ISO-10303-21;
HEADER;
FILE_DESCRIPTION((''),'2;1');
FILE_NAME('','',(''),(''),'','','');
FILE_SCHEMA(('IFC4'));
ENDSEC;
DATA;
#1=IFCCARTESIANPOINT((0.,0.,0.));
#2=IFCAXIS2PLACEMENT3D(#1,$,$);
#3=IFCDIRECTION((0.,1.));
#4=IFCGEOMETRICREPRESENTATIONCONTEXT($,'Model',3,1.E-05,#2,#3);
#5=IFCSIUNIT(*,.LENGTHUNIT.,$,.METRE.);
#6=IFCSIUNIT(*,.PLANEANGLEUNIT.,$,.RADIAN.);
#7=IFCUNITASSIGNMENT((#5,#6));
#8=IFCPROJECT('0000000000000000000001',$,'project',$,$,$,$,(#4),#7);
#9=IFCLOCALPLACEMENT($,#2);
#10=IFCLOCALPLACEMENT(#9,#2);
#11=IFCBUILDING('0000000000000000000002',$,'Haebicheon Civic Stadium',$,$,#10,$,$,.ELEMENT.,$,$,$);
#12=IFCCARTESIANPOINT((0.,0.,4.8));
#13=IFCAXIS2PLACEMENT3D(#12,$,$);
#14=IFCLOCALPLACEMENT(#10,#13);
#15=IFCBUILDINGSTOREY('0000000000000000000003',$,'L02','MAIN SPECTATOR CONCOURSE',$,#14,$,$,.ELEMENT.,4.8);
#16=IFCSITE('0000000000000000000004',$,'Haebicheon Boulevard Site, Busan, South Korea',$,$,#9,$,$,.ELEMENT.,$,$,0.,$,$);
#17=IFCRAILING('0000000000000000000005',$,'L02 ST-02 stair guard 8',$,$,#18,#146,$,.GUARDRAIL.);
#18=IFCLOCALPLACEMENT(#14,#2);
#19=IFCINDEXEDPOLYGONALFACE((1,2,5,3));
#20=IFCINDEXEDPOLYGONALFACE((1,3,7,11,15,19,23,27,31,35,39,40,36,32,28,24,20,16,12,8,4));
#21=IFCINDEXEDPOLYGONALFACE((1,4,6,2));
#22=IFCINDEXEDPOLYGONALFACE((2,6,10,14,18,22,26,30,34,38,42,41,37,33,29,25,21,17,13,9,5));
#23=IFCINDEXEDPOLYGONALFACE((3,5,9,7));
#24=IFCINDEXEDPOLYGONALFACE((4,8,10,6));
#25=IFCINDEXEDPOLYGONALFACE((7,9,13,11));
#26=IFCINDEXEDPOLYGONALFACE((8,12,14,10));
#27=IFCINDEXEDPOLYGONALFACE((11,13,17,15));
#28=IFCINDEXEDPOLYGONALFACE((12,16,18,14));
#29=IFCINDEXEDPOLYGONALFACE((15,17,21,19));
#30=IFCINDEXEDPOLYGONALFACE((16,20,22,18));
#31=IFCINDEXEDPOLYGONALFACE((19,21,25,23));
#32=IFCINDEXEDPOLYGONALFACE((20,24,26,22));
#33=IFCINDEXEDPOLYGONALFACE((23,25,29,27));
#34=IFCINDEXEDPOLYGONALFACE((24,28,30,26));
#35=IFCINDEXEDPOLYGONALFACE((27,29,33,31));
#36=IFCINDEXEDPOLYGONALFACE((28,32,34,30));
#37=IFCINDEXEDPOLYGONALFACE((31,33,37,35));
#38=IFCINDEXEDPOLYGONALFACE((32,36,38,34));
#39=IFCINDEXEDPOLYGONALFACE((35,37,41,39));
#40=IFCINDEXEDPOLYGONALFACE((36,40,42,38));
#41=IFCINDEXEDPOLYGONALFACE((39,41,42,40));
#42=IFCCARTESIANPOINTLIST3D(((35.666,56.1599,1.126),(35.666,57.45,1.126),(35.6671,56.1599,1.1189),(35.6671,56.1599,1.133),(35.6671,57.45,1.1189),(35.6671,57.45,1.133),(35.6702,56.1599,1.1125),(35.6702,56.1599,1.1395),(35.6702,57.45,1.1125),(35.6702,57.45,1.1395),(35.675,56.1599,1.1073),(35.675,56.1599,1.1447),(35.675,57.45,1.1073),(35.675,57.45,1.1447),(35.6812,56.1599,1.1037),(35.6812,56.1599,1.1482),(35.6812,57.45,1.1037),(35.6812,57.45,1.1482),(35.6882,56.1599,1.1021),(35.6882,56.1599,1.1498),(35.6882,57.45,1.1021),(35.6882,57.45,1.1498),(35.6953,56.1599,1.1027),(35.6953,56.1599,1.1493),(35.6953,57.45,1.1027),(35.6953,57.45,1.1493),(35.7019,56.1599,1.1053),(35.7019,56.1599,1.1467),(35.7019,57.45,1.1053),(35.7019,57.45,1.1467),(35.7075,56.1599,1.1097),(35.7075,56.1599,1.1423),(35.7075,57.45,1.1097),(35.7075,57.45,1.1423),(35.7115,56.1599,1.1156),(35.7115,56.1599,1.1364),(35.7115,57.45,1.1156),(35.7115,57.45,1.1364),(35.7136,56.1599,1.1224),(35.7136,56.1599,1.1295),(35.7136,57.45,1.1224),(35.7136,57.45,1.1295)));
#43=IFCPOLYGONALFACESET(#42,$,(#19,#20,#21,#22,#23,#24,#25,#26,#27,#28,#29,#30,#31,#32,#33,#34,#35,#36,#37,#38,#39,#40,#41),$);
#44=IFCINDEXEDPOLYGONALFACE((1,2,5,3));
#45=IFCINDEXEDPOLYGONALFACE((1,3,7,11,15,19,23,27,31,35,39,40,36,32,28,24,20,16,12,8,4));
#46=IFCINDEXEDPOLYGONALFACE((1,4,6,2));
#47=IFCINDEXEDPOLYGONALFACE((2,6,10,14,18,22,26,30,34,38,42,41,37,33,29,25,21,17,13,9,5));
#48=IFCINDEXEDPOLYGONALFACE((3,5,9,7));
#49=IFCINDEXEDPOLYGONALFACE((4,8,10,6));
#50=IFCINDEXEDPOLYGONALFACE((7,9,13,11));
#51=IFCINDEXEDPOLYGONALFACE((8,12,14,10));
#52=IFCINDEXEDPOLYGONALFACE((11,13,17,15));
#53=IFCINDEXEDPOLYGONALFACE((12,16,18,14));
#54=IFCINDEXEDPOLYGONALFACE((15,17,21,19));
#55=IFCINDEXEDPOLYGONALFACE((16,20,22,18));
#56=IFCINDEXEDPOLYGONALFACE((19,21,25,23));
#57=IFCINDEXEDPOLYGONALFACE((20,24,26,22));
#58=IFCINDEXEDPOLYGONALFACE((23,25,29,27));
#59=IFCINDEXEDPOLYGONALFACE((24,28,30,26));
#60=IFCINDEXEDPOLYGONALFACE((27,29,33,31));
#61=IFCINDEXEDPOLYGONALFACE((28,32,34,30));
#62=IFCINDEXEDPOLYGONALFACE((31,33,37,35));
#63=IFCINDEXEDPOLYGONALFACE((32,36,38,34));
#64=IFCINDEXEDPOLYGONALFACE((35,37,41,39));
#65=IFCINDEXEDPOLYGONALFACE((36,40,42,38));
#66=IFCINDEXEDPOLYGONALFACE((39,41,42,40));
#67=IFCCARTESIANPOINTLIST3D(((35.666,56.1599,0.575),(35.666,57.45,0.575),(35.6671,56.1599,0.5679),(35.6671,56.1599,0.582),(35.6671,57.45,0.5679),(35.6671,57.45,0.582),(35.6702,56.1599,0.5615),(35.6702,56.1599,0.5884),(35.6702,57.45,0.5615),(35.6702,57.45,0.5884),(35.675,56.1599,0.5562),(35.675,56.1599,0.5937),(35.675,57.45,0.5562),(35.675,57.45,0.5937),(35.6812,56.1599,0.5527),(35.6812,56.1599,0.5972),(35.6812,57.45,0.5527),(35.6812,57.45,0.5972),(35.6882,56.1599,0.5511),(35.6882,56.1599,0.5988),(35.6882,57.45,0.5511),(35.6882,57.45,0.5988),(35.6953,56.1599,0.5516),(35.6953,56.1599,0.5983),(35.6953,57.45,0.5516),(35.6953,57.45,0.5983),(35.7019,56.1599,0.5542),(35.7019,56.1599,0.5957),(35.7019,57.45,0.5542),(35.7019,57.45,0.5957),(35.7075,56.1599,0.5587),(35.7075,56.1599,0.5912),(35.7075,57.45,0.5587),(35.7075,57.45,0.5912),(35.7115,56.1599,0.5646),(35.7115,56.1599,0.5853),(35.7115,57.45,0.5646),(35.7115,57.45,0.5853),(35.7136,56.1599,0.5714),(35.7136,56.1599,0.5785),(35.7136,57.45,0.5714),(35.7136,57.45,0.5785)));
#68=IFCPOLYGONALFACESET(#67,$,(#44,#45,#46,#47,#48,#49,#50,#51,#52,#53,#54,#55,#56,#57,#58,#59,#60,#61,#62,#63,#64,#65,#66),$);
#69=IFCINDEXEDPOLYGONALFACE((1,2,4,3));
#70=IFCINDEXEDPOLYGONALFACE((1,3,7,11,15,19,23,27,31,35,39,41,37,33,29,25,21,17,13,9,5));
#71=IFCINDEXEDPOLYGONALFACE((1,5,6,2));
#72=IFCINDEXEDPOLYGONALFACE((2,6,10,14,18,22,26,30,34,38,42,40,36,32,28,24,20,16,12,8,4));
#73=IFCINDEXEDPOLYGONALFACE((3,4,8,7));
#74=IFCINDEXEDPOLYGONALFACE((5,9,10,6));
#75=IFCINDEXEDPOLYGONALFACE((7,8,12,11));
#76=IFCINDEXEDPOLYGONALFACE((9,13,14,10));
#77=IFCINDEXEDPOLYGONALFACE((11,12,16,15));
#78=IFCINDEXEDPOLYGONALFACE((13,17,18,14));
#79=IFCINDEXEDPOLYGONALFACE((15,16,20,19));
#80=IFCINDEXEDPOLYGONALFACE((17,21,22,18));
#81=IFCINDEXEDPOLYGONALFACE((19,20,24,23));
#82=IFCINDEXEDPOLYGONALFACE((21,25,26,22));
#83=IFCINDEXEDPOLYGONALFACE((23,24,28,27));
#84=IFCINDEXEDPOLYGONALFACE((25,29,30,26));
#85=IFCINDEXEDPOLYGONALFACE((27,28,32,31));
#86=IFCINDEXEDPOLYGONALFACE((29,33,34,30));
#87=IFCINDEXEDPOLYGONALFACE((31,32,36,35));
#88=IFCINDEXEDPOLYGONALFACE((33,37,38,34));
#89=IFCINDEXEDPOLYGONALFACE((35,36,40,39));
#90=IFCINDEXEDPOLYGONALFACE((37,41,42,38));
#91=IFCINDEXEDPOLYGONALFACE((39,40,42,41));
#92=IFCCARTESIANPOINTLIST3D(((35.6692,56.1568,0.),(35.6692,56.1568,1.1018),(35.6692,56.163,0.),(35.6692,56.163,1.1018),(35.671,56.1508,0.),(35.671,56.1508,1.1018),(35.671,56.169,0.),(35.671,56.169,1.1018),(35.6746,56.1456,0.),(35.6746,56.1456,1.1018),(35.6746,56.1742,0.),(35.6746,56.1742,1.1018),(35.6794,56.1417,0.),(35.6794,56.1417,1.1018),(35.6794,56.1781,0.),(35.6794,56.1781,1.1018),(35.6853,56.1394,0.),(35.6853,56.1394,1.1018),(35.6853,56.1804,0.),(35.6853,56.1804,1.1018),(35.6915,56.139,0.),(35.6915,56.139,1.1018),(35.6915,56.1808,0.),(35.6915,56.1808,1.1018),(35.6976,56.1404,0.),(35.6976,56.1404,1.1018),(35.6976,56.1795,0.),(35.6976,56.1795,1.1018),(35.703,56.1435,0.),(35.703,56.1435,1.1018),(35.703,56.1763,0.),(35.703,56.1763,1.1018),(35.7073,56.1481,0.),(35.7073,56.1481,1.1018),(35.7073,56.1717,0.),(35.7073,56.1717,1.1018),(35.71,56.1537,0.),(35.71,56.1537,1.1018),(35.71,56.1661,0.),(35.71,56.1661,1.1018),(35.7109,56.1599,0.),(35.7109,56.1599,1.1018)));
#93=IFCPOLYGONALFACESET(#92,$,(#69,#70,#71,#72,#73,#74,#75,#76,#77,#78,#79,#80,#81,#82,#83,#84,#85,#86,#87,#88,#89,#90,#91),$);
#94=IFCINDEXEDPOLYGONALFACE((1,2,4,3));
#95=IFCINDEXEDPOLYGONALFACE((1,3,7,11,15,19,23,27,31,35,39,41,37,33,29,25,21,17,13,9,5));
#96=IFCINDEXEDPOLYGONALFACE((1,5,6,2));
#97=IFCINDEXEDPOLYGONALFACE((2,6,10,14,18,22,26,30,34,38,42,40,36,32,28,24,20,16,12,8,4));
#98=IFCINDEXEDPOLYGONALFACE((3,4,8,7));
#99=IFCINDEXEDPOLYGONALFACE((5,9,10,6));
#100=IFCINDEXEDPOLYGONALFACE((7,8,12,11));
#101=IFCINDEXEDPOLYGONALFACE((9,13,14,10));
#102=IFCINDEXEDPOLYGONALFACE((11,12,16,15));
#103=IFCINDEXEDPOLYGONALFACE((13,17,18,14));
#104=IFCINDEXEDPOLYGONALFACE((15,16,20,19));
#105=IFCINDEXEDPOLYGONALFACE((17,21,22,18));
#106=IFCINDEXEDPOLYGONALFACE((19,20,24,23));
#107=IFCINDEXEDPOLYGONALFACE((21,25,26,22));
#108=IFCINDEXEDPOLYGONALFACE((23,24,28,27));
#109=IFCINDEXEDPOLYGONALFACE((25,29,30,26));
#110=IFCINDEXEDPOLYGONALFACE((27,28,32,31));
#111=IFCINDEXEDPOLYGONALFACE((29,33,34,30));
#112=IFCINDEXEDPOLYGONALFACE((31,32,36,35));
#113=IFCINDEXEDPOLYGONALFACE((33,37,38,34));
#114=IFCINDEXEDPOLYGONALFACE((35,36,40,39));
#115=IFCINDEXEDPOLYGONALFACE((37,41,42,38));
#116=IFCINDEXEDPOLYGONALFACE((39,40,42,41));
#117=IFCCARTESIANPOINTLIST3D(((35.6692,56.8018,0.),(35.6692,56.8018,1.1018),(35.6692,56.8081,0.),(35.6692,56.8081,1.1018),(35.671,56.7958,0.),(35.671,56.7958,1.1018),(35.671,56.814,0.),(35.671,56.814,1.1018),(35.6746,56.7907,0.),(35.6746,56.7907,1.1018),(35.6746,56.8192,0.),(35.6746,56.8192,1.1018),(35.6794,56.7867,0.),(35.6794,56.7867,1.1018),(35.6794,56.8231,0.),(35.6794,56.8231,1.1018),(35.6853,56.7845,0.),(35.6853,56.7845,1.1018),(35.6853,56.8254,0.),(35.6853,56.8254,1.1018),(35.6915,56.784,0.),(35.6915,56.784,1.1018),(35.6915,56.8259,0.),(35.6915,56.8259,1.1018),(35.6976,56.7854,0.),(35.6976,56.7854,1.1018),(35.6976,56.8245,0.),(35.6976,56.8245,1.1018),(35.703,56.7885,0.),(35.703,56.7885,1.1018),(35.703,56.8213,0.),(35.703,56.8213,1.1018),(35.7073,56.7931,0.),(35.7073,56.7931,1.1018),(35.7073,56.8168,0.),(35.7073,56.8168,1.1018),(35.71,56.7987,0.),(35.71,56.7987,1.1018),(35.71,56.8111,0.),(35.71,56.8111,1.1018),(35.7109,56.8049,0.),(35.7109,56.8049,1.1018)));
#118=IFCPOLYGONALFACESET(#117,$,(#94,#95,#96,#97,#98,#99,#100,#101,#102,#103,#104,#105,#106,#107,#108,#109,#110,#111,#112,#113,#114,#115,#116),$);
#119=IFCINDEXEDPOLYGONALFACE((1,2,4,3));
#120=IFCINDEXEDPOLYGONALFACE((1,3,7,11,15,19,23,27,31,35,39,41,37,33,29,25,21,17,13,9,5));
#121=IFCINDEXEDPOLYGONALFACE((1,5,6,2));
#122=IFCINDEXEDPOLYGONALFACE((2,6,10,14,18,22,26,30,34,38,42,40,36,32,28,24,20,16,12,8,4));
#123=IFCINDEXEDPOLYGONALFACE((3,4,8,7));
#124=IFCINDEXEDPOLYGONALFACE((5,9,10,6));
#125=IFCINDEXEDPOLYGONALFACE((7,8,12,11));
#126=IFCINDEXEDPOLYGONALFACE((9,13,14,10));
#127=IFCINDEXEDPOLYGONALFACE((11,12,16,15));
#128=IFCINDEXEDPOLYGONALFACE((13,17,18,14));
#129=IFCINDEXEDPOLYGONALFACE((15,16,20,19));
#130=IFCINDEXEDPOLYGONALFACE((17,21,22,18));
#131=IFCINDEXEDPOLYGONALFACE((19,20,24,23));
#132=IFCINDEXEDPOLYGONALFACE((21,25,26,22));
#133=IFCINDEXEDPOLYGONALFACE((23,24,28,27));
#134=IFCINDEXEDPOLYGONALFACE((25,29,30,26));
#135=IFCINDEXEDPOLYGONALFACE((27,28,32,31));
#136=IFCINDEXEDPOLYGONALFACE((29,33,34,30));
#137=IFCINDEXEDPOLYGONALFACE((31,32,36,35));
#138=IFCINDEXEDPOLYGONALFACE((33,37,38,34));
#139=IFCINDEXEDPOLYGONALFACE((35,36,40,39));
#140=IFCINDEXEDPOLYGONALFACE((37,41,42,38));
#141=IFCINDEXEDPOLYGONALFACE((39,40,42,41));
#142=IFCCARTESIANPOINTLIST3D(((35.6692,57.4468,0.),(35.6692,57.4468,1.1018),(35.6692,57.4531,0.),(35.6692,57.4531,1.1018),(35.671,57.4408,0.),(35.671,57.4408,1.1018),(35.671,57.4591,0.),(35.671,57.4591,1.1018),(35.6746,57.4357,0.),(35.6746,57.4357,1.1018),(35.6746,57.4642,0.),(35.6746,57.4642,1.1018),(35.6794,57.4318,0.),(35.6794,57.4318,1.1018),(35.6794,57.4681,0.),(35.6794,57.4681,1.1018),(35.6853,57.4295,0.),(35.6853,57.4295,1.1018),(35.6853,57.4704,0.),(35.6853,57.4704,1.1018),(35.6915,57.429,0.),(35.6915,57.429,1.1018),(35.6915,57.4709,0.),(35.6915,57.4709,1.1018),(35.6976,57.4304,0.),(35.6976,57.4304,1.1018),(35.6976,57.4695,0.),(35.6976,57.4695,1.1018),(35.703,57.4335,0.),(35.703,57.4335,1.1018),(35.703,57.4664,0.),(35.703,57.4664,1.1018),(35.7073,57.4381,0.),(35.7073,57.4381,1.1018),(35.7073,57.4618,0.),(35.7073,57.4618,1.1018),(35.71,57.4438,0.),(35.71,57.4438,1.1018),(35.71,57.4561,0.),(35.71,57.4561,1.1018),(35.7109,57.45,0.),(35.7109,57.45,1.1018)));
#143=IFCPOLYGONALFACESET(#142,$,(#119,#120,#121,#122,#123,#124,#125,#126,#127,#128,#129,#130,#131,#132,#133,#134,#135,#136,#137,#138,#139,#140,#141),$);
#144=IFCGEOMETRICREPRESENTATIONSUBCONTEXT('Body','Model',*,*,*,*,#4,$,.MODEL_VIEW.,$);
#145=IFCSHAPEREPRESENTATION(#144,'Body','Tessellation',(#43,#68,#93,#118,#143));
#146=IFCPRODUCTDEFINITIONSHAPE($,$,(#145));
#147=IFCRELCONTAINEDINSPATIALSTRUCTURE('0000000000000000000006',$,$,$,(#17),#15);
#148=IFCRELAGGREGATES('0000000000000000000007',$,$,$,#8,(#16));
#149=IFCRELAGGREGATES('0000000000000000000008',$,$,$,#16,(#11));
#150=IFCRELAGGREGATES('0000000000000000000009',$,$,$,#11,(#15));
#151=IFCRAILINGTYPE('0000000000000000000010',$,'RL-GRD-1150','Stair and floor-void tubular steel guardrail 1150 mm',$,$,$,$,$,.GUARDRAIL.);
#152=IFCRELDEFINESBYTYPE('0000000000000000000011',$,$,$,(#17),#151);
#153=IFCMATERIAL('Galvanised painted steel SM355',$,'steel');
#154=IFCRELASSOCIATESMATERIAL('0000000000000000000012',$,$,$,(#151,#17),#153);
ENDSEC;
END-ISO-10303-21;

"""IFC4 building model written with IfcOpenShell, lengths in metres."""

from ifc_helpers import new_model, si_unit, direction, frame, origin, origin_2d, place, context, subcontext, project, spatial, circle, extrude, material, type_object, element, save


model = new_model("IFC4")

# Units and contexts
model_context = context("Model", 3, precision=1e-05, world=origin(), true_north=direction((0.0, 1.0)))
body_context = subcontext(model_context, "Body", "Model", "MODEL_VIEW")
ifc_project = project(units=[si_unit("LENGTHUNIT", "METRE"), si_unit("PLANEANGLEUNIT", "RADIAN")], contexts=[model_context])

# Site, building, storey
site_placement = place(None, origin())
site = spatial("IfcSite", under=ifc_project, at=site_placement, Name="Haebicheon Boulevard Site, Busan, South Korea", CompositionType="ELEMENT", RefElevation=0.0)
building_placement = place(site_placement, origin())
building = spatial("IfcBuilding", under=site, at=building_placement, Name="Haebicheon Civic Stadium", CompositionType="ELEMENT")
storey_placement = place(building_placement, frame((0.0, 0.0, 4.8)))
storey = spatial("IfcBuildingStorey", under=building, at=storey_placement, Name="L02", Description="MAIN SPECTATOR CONCOURSE", CompositionType="ELEMENT", Elevation=4.8)

# Railing
ifc_material_1 = material(Name="Galvanised painted steel SM355", Category="steel")
railing_type_1 = type_object("IfcRailingType", Name="RL-GRD-1150", Description="Stair and floor-void tubular steel guardrail 1150 mm", PredefinedType="GUARDRAIL", material=ifc_material_1)
for number, where, name in (
    (1, (35.6899, 56.1599, 0.0), "L02 ST-02 stair guard 8"),
):
    element("IfcRailing", number, at=place(storey_placement, frame(where)), inside=storey, type_object=railing_type_1, material=ifc_material_1, Name=name, PredefinedType="GUARDRAIL", context=body_context, shape_type="SweptSolid", body=[
        extrude(circle(Radius=0.0239, at=origin_2d()), frame((0.0, 0.0, 1.126), z_axis=(0.0, 1.0, 0.0), x_axis=(-1.0, 0.0, 0.0)), (0.0, 0.0, 1.0), 1.29),
        extrude(circle(Radius=0.0239, at=origin_2d()), frame((0.0, 0.0, 0.575), z_axis=(0.0, 1.0, 0.0), x_axis=(-1.0, 0.0, 0.0)), (0.0, 0.0, 1.0), 1.29),
        extrude(circle(Radius=0.021, at=origin_2d()), origin(), (0.0, 0.0, 1.0), 1.1018),
        extrude(circle(Radius=0.021, at=origin_2d()), frame((0.0, 0.645, 0.0)), (0.0, 0.0, 1.0), 1.1018),
        extrude(circle(Radius=0.021, at=origin_2d()), frame((0.0, 1.29, 0.0)), (0.0, 0.0, 1.0), 1.1018),
    ])

save(model, "model.ifc")
